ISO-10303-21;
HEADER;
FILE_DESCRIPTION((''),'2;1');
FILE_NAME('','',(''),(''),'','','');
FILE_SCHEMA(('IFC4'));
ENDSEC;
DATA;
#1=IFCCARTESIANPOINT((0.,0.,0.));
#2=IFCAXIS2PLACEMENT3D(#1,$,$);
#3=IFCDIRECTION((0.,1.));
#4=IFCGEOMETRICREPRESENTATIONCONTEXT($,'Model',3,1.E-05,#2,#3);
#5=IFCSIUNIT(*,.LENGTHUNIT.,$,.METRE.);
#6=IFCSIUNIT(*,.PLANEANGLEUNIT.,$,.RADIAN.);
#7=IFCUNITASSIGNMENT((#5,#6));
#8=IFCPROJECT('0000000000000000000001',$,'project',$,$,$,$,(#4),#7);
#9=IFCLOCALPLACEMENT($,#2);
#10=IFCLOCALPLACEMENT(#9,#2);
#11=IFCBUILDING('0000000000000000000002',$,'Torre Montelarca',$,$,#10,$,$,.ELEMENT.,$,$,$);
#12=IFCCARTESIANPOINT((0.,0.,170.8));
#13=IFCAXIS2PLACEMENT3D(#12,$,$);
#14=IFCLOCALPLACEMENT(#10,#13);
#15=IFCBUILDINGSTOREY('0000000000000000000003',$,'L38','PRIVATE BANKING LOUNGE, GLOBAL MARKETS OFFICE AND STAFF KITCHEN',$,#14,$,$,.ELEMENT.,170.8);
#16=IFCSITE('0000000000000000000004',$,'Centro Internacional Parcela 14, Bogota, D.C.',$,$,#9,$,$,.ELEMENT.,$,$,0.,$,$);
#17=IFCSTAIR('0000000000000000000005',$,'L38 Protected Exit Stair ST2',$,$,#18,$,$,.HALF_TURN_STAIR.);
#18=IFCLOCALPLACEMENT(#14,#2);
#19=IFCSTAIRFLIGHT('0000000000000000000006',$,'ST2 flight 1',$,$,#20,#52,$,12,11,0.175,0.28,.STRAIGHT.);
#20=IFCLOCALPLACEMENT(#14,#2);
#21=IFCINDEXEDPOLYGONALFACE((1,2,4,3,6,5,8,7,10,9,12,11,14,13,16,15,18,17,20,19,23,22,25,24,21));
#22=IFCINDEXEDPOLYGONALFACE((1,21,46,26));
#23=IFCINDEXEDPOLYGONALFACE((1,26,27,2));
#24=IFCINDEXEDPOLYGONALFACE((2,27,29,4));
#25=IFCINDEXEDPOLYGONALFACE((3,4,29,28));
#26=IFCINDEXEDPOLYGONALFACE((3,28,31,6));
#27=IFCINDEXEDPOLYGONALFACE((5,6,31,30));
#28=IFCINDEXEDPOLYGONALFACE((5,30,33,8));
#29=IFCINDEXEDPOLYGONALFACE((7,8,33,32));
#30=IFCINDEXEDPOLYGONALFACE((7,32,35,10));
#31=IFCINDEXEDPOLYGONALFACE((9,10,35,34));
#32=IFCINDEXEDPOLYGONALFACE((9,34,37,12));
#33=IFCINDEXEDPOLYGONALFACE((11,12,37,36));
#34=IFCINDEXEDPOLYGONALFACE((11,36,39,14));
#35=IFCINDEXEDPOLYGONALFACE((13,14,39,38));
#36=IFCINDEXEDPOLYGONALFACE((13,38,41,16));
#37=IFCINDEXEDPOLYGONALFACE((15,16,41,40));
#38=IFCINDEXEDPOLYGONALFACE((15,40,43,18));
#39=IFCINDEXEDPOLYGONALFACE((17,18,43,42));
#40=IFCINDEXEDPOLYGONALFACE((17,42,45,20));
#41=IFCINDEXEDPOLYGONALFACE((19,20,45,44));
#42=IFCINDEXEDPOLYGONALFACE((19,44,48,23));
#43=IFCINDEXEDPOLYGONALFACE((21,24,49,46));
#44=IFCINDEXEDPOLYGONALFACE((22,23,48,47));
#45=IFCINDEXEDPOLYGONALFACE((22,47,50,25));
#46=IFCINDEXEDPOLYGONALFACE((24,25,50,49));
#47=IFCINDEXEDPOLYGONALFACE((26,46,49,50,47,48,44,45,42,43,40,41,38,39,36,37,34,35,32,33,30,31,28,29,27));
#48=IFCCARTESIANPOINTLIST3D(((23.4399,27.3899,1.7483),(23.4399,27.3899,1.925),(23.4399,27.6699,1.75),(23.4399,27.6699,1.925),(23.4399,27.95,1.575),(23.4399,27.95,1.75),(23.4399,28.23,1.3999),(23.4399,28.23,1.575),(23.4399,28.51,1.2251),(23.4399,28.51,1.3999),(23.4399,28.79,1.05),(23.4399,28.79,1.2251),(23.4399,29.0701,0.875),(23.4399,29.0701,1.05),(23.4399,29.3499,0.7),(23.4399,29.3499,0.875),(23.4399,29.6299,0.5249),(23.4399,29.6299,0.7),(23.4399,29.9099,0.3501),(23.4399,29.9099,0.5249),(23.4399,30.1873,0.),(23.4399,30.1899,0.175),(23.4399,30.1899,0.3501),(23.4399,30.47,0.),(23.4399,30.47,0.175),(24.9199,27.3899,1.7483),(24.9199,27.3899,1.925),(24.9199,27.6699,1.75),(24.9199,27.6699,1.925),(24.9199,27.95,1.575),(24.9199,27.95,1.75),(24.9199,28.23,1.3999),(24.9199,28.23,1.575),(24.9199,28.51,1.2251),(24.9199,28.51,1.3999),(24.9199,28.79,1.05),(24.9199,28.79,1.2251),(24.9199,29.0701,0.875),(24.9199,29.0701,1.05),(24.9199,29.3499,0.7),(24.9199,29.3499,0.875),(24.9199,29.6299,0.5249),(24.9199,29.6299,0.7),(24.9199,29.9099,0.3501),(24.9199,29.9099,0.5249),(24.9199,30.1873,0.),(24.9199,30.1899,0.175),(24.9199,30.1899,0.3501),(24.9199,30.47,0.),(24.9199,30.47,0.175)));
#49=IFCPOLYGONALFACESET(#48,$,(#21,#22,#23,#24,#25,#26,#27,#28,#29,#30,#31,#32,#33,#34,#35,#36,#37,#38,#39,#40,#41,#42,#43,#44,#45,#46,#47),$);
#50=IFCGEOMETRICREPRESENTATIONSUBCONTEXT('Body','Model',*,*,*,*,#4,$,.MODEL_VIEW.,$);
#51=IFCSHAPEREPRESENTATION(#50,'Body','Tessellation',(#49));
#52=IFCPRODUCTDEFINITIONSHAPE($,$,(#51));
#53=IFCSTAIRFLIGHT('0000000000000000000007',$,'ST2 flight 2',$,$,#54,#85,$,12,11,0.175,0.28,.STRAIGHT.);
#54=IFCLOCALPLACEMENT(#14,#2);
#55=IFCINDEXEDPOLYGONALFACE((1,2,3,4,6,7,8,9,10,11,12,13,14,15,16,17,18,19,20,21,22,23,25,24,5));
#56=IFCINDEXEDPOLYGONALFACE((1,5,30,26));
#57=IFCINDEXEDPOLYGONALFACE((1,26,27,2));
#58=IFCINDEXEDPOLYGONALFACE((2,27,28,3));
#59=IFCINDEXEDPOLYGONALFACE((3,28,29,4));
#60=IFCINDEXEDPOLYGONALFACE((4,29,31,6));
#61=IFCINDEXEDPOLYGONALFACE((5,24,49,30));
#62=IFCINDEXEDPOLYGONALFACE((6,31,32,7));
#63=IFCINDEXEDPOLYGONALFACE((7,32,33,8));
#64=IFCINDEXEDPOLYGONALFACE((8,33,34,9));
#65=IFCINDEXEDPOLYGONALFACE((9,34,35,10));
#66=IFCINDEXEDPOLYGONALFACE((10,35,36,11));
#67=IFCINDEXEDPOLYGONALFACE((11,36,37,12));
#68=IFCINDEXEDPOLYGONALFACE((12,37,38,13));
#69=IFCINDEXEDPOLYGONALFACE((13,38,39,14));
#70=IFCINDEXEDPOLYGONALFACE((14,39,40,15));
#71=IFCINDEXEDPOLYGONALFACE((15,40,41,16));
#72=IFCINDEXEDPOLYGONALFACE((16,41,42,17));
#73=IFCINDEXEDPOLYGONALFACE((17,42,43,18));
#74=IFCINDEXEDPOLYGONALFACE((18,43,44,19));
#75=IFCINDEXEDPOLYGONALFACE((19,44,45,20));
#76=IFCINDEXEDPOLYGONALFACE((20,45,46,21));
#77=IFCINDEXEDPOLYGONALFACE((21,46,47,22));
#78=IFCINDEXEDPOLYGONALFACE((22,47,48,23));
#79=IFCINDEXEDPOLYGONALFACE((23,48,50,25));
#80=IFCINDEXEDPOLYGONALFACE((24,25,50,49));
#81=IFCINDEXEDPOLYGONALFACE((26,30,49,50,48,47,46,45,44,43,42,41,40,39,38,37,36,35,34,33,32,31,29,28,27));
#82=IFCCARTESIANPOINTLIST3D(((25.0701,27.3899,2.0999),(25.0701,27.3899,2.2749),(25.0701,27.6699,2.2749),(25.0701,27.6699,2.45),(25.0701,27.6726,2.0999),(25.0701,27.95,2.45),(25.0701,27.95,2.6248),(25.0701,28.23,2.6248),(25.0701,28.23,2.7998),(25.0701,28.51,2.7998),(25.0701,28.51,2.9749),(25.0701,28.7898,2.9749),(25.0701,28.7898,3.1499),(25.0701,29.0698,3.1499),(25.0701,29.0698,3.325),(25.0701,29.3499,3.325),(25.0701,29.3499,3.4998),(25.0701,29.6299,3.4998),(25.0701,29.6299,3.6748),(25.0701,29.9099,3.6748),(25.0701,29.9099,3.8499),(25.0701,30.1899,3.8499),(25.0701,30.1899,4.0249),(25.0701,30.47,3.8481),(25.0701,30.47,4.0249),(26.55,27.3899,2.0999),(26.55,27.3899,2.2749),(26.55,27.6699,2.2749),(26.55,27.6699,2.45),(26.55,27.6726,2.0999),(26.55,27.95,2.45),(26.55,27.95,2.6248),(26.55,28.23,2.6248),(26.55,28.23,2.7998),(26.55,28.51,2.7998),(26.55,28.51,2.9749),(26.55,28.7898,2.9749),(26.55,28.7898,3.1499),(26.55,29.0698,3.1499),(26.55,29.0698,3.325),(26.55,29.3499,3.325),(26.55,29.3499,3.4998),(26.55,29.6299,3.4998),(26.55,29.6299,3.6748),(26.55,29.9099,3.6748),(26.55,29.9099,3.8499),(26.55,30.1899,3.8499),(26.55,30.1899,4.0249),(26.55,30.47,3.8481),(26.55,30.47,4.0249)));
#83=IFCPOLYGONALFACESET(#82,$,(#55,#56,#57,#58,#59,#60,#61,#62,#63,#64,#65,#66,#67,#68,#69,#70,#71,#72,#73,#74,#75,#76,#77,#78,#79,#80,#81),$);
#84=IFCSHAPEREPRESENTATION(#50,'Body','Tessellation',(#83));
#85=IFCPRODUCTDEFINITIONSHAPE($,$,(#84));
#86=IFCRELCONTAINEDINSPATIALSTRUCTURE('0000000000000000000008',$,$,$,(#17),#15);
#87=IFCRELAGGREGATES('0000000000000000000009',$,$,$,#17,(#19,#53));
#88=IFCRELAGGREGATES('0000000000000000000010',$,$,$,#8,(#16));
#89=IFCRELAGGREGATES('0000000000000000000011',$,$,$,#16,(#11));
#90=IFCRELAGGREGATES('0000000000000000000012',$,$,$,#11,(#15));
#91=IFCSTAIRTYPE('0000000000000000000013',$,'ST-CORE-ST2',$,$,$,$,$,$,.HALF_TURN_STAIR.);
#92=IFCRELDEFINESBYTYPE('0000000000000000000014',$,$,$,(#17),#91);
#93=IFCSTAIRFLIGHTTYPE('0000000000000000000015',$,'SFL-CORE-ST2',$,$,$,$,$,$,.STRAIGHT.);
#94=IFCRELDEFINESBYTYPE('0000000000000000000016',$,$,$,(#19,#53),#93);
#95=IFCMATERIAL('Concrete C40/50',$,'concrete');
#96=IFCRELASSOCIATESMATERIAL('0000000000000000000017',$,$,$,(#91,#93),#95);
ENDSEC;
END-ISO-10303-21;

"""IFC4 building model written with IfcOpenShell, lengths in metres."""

from ifc_helpers import new_model, si_unit, direction, frame, origin, place, context, subcontext, project, spatial, polyline, outline, extrude, material, type_object, element, aggregate, save


model = new_model("IFC4")

# Units and contexts
model_context = context("Model", 3, precision=1e-05, world=origin(), true_north=direction((0.0, 1.0)))
body_context = subcontext(model_context, "Body", "Model", "MODEL_VIEW")
ifc_project = project(units=[si_unit("LENGTHUNIT", "METRE"), si_unit("PLANEANGLEUNIT", "RADIAN")], contexts=[model_context])

# Site, building, storey
site_placement = place(None, origin())
site = spatial("IfcSite", under=ifc_project, at=site_placement, Name="Centro Internacional Parcela 14, Bogota, D.C.", CompositionType="ELEMENT", RefElevation=0.0)
building_placement = place(site_placement, origin())
building = spatial("IfcBuilding", under=site, at=building_placement, Name="Torre Montelarca", CompositionType="ELEMENT")
storey_placement = place(building_placement, frame((0.0, 0.0, 170.8)))
storey = spatial("IfcBuildingStorey", under=building, at=storey_placement, Name="L38", Description="PRIVATE BANKING LOUNGE, GLOBAL MARKETS OFFICE AND STAFF KITCHEN", CompositionType="ELEMENT", Elevation=170.8)

# Shared definitions
ifc_material_1 = material(Name="Concrete C40/50", Category="concrete")

# Stair, stair flights
stair_type = type_object("IfcStairType", Name="ST-CORE-ST2", PredefinedType="HALF_TURN_STAIR", material=ifc_material_1)
stair_placement = place(storey_placement, origin())
stair = element("IfcStair", 1, at=stair_placement, inside=storey, type_object=stair_type, Name="L38 Protected Exit Stair ST2", PredefinedType="HALF_TURN_STAIR")
stair_flight_type = type_object("IfcStairFlightType", Name="SFL-CORE-ST2", PredefinedType="STRAIGHT", material=ifc_material_1)
stair_flight_1_placement = place(storey_placement, frame((24.1799, 30.47, 0.0), z_axis=(0.0, 0.0, 1.0), x_axis=(0.0, -1.0, 0.0)))
stair_flight_1 = element("IfcStairFlight", 2, at=stair_flight_1_placement, type_object=stair_flight_type, Name="ST2 flight 1", NumberOfRisers=12, NumberOfTreads=11, PredefinedType="STRAIGHT", RiserHeight=0.175, TreadLength=0.28, context=body_context, shape_type="SweptSolid", body=[
    extrude(outline(polyline([(0.0, 0.0), (0.0, 0.175), (0.28, 0.175), (0.28, 0.3501), (0.5601, 0.3501), (0.5601, 0.5249), (0.8401, 0.5249), (0.8401, 0.7), (1.1201, 0.7), (1.1201, 0.875), (1.3999, 0.875), (1.3999, 1.05), (1.6799, 1.05), (1.6799, 1.2251), (1.96, 1.2251), (1.96, 1.3999), (2.24, 1.3999), (2.24, 1.575), (2.52, 1.575), (2.52, 1.75), (2.8, 1.75), (2.8, 1.925), (3.0801, 1.925), (3.0801, 2.1001), (3.0801, 1.7483), (0.2827, 0.0), (0.0, 0.0)])), frame((0.0, 0.74, 0.0), z_axis=(0.0, -1.0, 0.0), x_axis=(1.0, 0.0, 0.0)), (0.0, 0.0, 1.0), 1.48),
])
stair_flight_2_placement = place(storey_placement, frame((25.8101, 27.3899, 2.0999), z_axis=(0.0, 0.0, 1.0), x_axis=(0.0, 1.0, 0.0)))
stair_flight_2 = element("IfcStairFlight", 3, at=stair_flight_2_placement, type_object=stair_flight_type, Name="ST2 flight 2", NumberOfRisers=12, NumberOfTreads=11, PredefinedType="STRAIGHT", RiserHeight=0.175, TreadLength=0.28, context=body_context, shape_type="SweptSolid", body=[
    extrude(outline(polyline([(0.0, 0.0), (0.0, 0.175), (0.28, 0.175), (0.28, 0.3501), (0.5601, 0.3501), (0.5601, 0.5249), (0.8401, 0.5249), (0.8401, 0.7), (1.1201, 0.7), (1.1201, 0.875), (1.3999, 0.875), (1.3999, 1.05), (1.6799, 1.05), (1.6799, 1.2251), (1.96, 1.2251), (1.96, 1.3999), (2.24, 1.3999), (2.24, 1.575), (2.52, 1.575), (2.52, 1.75), (2.8, 1.75), (2.8, 1.925), (3.0801, 1.925), (3.0801, 2.1001), (3.0801, 1.7483), (0.2827, 0.0), (0.0, 0.0)])), frame((0.0, 0.74, 0.0), z_axis=(0.0, -1.0, 0.0), x_axis=(1.0, 0.0, 0.0)), (0.0, 0.0, 1.0), 1.48),
])
aggregate(stair, [stair_flight_1, stair_flight_2])

save(model, "model.ifc")
